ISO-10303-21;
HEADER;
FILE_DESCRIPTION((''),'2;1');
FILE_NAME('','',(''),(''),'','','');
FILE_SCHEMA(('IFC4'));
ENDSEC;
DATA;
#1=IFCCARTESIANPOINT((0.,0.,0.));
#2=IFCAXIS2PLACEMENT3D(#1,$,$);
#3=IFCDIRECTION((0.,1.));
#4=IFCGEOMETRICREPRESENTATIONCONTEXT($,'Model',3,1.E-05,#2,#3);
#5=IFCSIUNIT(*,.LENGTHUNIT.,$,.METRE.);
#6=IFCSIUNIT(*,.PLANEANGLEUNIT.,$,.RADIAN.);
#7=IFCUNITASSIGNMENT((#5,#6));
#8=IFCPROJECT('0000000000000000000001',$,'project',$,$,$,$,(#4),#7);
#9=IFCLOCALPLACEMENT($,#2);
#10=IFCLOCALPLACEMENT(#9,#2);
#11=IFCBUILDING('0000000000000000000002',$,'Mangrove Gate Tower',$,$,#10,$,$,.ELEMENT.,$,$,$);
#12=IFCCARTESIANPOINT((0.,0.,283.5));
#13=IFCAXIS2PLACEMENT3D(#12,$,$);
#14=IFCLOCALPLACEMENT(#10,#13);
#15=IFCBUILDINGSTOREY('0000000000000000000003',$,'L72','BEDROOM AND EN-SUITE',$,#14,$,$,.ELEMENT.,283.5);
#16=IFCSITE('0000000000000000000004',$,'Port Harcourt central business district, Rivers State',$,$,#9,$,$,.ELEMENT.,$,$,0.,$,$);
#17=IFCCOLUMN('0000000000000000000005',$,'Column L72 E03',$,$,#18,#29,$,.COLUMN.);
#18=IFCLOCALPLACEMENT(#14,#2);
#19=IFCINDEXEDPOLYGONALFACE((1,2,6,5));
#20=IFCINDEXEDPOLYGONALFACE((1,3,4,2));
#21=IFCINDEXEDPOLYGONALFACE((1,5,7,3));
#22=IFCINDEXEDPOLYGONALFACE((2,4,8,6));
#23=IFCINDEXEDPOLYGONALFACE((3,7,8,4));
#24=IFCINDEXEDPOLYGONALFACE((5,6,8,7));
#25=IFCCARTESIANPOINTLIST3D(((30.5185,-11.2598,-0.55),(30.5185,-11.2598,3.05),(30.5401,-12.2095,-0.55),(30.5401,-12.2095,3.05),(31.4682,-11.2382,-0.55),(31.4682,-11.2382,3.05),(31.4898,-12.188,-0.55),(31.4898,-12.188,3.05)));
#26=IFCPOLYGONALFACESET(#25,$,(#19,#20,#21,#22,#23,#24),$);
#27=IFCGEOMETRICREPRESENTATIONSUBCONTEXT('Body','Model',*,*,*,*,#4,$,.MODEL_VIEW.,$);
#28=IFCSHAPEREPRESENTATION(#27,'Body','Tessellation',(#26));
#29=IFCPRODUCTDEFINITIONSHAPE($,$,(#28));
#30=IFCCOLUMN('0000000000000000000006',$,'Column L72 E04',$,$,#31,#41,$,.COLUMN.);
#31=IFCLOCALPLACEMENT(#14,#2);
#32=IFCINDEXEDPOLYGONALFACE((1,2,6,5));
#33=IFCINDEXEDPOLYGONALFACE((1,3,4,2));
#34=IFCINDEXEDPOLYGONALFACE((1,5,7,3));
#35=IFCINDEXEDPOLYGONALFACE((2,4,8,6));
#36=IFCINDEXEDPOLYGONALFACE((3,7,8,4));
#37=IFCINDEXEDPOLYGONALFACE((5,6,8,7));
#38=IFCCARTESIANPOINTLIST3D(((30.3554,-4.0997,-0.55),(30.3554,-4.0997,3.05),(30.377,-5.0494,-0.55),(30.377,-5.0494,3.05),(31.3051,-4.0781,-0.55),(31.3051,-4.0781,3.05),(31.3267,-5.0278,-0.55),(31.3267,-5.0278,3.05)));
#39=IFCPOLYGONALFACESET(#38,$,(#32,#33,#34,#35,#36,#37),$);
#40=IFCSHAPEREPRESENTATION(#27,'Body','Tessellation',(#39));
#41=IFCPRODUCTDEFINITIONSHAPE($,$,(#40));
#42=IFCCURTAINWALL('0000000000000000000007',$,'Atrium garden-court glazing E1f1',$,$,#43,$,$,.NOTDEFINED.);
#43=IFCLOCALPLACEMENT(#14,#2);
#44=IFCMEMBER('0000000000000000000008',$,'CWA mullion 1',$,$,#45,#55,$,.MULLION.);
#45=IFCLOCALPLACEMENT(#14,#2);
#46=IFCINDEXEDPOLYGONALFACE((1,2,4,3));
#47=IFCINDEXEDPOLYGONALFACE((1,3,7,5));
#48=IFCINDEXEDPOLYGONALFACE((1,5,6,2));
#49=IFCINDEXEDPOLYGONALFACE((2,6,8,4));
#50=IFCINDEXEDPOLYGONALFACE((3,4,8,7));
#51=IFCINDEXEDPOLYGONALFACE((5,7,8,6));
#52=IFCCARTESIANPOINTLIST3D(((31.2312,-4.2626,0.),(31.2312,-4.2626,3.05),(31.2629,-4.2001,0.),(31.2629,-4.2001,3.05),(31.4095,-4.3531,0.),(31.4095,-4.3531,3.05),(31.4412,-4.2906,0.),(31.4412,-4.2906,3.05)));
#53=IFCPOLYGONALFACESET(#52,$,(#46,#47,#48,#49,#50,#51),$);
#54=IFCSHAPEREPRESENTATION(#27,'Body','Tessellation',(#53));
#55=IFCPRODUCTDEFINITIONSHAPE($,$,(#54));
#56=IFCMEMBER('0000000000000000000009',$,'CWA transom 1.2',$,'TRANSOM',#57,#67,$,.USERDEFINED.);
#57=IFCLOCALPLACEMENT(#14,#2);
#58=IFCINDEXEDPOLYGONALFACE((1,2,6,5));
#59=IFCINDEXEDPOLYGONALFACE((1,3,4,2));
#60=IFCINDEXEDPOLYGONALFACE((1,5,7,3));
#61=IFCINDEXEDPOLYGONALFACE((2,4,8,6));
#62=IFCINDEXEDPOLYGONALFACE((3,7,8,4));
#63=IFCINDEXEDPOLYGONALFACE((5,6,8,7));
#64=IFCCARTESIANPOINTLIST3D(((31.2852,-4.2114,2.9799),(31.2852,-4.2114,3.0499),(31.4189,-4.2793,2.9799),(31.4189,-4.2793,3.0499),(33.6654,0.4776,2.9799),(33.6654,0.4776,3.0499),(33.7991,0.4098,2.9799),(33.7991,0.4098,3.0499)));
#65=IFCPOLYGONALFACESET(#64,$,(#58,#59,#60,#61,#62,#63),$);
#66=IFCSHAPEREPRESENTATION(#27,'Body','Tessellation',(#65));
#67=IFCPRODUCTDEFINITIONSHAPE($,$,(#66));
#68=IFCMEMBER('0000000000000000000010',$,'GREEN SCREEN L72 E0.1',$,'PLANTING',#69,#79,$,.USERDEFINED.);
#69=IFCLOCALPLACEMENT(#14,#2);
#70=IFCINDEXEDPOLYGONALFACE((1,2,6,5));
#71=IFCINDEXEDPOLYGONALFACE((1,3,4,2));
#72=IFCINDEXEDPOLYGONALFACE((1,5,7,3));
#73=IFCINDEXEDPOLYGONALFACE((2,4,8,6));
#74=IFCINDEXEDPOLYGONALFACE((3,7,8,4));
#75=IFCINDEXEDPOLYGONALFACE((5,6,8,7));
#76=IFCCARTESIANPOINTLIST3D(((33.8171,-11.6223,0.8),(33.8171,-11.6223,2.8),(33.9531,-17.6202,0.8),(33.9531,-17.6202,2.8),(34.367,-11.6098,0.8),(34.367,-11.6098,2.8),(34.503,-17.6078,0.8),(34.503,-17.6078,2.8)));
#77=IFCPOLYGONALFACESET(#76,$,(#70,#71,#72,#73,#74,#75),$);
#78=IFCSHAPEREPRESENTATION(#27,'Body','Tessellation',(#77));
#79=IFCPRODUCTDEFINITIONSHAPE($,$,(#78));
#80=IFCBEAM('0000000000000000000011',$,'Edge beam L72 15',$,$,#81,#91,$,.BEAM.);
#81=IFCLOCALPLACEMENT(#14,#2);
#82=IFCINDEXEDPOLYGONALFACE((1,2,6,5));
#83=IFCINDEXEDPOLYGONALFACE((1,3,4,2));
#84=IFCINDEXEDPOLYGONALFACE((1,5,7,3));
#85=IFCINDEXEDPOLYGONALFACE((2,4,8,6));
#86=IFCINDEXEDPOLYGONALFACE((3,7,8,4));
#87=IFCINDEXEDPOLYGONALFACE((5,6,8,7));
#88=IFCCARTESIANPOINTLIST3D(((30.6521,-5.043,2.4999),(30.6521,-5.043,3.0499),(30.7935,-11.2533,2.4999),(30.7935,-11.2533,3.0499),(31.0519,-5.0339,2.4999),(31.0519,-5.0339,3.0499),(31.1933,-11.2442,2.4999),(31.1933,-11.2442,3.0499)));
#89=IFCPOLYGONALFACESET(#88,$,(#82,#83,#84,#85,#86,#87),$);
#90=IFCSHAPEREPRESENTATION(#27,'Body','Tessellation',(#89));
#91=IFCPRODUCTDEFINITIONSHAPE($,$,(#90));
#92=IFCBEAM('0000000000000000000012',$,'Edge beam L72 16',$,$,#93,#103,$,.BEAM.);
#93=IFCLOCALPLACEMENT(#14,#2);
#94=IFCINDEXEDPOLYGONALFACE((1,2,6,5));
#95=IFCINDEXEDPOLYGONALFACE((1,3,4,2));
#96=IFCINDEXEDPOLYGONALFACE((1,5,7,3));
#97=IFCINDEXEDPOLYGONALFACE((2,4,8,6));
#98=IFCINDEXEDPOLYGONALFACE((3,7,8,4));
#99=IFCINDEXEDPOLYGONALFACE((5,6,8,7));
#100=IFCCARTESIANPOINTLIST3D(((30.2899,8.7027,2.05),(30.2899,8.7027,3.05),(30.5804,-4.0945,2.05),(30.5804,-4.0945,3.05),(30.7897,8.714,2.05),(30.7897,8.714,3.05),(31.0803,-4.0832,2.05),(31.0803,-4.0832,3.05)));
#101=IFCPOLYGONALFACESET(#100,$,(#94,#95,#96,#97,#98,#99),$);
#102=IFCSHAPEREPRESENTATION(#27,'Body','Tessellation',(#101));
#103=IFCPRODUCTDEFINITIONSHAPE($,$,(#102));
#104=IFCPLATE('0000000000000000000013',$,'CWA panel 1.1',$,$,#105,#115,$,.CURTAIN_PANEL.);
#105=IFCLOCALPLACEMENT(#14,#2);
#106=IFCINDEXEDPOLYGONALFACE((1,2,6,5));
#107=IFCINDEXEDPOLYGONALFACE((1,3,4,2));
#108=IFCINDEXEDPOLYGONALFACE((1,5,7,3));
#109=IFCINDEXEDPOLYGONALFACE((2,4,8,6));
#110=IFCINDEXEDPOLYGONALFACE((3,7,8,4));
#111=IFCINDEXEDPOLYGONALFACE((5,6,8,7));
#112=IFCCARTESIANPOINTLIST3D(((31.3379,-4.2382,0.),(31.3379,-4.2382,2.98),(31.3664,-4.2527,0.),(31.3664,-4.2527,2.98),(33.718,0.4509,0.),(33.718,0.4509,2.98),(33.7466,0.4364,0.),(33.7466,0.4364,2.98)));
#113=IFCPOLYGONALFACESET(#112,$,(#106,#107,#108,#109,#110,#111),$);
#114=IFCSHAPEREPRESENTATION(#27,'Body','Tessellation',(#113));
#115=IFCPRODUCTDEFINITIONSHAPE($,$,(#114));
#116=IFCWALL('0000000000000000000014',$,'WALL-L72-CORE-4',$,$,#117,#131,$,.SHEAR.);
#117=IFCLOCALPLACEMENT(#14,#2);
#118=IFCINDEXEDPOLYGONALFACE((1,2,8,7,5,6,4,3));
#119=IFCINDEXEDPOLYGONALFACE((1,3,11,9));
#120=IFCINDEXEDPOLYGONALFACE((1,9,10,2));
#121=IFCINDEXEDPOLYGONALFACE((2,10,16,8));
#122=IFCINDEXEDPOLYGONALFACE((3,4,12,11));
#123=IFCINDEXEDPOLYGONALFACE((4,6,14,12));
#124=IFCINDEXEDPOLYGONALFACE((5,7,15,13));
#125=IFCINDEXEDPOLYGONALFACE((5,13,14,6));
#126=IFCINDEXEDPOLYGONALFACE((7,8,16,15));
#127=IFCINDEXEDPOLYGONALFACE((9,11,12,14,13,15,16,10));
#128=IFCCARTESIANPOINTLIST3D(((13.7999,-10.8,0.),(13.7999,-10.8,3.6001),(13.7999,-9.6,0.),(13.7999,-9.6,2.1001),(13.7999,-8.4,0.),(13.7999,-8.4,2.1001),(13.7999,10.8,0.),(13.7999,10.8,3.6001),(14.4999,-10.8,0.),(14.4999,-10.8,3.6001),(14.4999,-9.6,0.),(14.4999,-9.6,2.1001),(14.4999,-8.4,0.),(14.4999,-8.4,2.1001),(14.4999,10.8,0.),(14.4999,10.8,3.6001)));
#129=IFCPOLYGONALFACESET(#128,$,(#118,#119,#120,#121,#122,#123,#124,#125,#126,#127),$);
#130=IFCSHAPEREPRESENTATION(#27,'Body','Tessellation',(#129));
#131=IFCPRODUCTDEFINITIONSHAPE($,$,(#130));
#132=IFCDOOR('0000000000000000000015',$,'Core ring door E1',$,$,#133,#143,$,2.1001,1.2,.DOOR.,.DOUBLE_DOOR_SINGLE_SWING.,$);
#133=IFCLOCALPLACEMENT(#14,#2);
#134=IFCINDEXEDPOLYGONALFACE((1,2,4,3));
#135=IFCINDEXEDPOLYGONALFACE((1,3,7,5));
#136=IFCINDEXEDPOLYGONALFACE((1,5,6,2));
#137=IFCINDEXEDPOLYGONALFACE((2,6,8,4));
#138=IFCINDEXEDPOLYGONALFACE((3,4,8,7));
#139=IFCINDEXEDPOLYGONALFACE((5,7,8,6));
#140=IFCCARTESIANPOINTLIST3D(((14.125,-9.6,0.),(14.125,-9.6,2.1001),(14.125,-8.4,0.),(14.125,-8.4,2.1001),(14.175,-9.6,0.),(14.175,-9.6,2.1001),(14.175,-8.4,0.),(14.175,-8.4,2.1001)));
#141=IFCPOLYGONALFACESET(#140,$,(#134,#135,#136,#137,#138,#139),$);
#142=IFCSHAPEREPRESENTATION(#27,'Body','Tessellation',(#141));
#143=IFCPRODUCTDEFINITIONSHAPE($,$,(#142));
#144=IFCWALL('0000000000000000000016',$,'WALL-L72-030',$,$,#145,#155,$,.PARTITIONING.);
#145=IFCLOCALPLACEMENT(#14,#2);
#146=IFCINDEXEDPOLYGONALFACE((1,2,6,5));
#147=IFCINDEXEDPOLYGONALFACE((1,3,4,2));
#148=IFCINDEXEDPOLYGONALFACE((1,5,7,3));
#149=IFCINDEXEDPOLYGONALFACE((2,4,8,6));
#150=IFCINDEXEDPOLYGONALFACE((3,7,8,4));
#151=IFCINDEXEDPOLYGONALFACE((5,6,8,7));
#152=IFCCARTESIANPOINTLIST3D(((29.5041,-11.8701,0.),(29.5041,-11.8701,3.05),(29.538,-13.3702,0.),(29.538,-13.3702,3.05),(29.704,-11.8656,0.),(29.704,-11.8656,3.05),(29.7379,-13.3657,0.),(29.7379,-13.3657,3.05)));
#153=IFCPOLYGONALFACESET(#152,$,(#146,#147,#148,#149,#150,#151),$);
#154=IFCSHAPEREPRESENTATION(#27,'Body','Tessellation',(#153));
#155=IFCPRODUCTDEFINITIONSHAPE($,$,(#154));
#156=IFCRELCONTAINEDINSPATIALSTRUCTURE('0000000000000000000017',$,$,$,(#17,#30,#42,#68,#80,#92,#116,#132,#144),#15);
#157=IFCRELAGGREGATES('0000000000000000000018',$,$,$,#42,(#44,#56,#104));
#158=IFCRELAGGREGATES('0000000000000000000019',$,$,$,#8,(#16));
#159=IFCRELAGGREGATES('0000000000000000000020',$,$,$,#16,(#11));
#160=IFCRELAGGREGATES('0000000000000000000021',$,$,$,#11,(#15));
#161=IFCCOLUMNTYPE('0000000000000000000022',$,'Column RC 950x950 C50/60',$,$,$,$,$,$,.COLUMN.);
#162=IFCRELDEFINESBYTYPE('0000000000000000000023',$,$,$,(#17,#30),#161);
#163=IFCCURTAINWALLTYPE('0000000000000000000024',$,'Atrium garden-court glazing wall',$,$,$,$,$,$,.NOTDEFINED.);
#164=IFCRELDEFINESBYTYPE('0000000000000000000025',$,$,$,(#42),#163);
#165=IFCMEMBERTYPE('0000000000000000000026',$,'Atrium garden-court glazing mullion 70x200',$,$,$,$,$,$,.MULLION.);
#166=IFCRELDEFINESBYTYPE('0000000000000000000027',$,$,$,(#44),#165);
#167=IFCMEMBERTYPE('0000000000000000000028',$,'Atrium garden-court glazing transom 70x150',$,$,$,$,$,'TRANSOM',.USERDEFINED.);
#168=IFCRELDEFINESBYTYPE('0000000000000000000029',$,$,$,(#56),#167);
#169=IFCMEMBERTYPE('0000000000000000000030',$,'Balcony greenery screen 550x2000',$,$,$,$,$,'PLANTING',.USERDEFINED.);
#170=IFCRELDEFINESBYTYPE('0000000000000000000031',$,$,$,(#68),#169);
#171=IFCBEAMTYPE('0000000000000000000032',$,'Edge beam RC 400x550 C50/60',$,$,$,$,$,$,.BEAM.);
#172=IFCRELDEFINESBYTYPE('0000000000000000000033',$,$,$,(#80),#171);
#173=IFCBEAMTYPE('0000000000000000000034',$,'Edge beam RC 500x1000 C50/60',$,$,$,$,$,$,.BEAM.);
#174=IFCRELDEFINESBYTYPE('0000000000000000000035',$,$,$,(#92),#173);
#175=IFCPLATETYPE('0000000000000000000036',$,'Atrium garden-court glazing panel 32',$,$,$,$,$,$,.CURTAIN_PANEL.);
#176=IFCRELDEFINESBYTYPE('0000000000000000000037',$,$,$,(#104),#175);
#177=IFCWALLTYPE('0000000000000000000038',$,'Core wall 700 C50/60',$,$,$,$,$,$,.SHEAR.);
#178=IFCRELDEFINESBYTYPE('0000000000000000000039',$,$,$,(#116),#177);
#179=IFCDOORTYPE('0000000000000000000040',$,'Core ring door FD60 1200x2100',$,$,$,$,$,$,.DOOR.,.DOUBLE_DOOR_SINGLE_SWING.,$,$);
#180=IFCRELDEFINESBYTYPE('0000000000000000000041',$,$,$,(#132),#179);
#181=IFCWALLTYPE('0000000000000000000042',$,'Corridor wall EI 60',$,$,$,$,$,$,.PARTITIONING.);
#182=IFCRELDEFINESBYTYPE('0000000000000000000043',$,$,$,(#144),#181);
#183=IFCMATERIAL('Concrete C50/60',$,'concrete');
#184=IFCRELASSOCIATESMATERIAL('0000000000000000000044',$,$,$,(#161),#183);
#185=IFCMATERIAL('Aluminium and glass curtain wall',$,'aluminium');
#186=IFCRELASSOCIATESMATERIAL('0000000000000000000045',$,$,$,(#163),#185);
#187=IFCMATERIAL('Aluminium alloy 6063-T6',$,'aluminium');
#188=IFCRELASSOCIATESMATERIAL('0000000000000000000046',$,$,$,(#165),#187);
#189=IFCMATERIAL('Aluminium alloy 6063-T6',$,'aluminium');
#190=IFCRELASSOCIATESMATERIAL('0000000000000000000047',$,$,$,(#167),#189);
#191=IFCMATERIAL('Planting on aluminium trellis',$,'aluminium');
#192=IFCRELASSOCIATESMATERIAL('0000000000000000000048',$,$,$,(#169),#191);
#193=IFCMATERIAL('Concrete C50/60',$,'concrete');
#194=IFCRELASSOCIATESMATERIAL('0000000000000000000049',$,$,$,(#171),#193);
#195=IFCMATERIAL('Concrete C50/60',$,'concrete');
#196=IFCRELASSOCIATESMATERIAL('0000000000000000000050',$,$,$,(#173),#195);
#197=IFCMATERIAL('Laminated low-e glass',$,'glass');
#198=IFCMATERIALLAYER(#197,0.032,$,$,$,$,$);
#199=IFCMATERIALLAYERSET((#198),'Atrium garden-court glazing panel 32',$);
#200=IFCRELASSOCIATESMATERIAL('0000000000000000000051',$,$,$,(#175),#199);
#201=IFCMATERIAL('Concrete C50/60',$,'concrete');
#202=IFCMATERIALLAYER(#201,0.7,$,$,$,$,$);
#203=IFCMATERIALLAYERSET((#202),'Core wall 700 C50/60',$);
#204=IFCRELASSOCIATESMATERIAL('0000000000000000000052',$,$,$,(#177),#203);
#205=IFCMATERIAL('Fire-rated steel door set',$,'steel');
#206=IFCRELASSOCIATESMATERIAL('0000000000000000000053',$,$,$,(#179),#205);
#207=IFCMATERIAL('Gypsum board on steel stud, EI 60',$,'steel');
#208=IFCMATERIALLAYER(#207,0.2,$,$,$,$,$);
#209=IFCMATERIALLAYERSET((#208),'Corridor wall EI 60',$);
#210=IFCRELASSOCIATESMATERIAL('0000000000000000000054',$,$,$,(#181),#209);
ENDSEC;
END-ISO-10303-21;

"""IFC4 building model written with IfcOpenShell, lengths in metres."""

from ifc_helpers import new_model, si_unit, direction, frame, frame_2d, origin, origin_2d, place, context, subcontext, project, spatial, rectangle, extrude, material, layer, layer_set, material_profile, profile_set, type_object, element, fill, aggregate, save


model = new_model("IFC4")

# Units and contexts
model_context = context("Model", 3, precision=1e-05, world=origin(), true_north=direction((0.0, 1.0)))
body_context = subcontext(model_context, "Body", "Model", "MODEL_VIEW")
ifc_project = project(units=[si_unit("LENGTHUNIT", "METRE"), si_unit("PLANEANGLEUNIT", "RADIAN")], contexts=[model_context])

# Site, building, storey
site_placement = place(None, origin())
site = spatial("IfcSite", under=ifc_project, at=site_placement, Name="Port Harcourt central business district, Rivers State", CompositionType="ELEMENT", RefElevation=0.0)
building_placement = place(site_placement, origin())
building = spatial("IfcBuilding", under=site, at=building_placement, Name="Mangrove Gate Tower", CompositionType="ELEMENT")
storey_placement = place(building_placement, frame((0.0, 0.0, 283.5)))
storey = spatial("IfcBuildingStorey", under=building, at=storey_placement, Name="L72", Description="BEDROOM AND EN-SUITE", CompositionType="ELEMENT", Elevation=283.5)

# Columns
ifc_material_1 = material(Name="Concrete C50/60", Category="concrete")
ifc_material_profile_1 = material_profile(ifc_material_1, rectangle(XDim=0.95, YDim=0.95, at=origin_2d()))
ifc_profile_set_1 = profile_set([ifc_material_profile_1], Name="Concrete C50/60")
column_type = type_object("IfcColumnType", Name="Column RC 950x950 C50/60", PredefinedType="COLUMN", material=ifc_profile_set_1)
for number, where, z_axis, x_axis, name in (
    (1, (31.0042, -11.7239, -0.55), (0.0, 0.0, 1.0), (-0.022688, 0.999743, 0.0), "Column L72 E03"),
    (2, (30.8411, -4.5637, -0.55), (0.0, 0.0, 1.0), (-0.022714, 0.999742, 0.0), "Column L72 E04"),
):
    element("IfcColumn", number, at=place(storey_placement, frame(where, z_axis=z_axis, x_axis=x_axis)), inside=storey, type_object=column_type, Name=name, PredefinedType="COLUMN", context=body_context, shape_type="SweptSolid", body=[
        extrude(rectangle(XDim=0.95, YDim=0.95, at=origin_2d()), origin(), (0.0, 0.0, 1.0), 3.6001),
    ])

# Curtain wall, members
ifc_material_2 = material(Name="Aluminium and glass curtain wall", Category="aluminium")
curtain_wall_type = type_object("IfcCurtainWallType", Name="Atrium garden-court glazing wall", PredefinedType="NOTDEFINED", material=ifc_material_2)
curtain_wall_placement = place(storey_placement, origin())
curtain_wall = element("IfcCurtainWall", 3, at=curtain_wall_placement, inside=storey, type_object=curtain_wall_type, Name="Atrium garden-court glazing E1f1", PredefinedType="NOTDEFINED")
ifc_material_3 = material(Name="Aluminium alloy 6063-T6", Category="aluminium")
ifc_material_profile_2 = material_profile(ifc_material_3, rectangle(XDim=0.0701, YDim=0.2, at=origin_2d()))
ifc_profile_set_2 = profile_set([ifc_material_profile_2], Name="Aluminium alloy 6063-T6")
member_type_1 = type_object("IfcMemberType", Name="Atrium garden-court glazing mullion 70x200", PredefinedType="MULLION", material=ifc_profile_set_2)
member_1_placement = place(storey_placement, frame((31.3362, -4.2766, 0.0), z_axis=(0.0, 0.0, 1.0), x_axis=(0.452617, 0.891705, 0.0)))
member_1 = element("IfcMember", 4, at=member_1_placement, type_object=member_type_1, Name="CWA mullion 1", PredefinedType="MULLION", context=body_context, shape_type="SweptSolid", body=[
    extrude(rectangle(XDim=0.0701, YDim=0.2, at=origin_2d()), origin(), (0.0, 0.0, 1.0), 3.05),
])
ifc_material_4 = material(Name="Aluminium alloy 6063-T6", Category="aluminium")
ifc_material_profile_3 = material_profile(ifc_material_4, rectangle(XDim=0.0701, YDim=0.1499, at=origin_2d()))
ifc_profile_set_3 = profile_set([ifc_material_profile_3], Name="Aluminium alloy 6063-T6")
member_type_2 = type_object("IfcMemberType", Name="Atrium garden-court glazing transom 70x150", ElementType="TRANSOM", PredefinedType="USERDEFINED", material=ifc_profile_set_3)
member_2_placement = place(storey_placement, frame((31.3521, -4.2454, 3.0149), z_axis=(0.452628, 0.891699, 0.0), x_axis=(0.0, 0.0, 1.0)))
member_2 = element("IfcMember", 5, at=member_2_placement, type_object=member_type_2, Name="CWA transom 1.2", ObjectType="TRANSOM", PredefinedType="USERDEFINED", context=body_context, shape_type="SweptSolid", body=[
    extrude(rectangle(XDim=0.0701, YDim=0.1499, at=origin_2d()), origin(), (0.0, 0.0, 1.0), 5.2585),
])

# Member
ifc_material_5 = material(Name="Planting on aluminium trellis", Category="aluminium")
ifc_material_profile_4 = material_profile(ifc_material_5, rectangle(XDim=0.55, YDim=2.0, at=origin_2d()))
ifc_profile_set_4 = profile_set([ifc_material_profile_4], Name="Planting on aluminium trellis")
member_type_3 = type_object("IfcMemberType", Name="Balcony greenery screen 550x2000", ElementType="PLANTING", PredefinedType="USERDEFINED", material=ifc_profile_set_4)
member_3_placement = place(storey_placement, frame((34.228, -17.614, 1.8), z_axis=(-0.022666, 0.999743, 0.0), x_axis=(-0.999743, -0.022666, 0.0)))
element("IfcMember", 6, at=member_3_placement, inside=storey, type_object=member_type_3, Name="GREEN SCREEN L72 E0.1", ObjectType="PLANTING", PredefinedType="USERDEFINED", context=body_context, shape_type="SweptSolid", body=[
    extrude(rectangle(XDim=0.55, YDim=2.0, at=origin_2d()), origin(), (0.0, 0.0, 1.0), 5.9995),
])

# Beams
ifc_material_6 = material(Name="Concrete C50/60", Category="concrete")
ifc_material_profile_5 = material_profile(ifc_material_6, rectangle(XDim=0.3999, YDim=0.55, at=origin_2d()))
ifc_profile_set_5 = profile_set([ifc_material_profile_5], Name="Concrete C50/60")
beam_type_1 = type_object("IfcBeamType", Name="Edge beam RC 400x550 C50/60", PredefinedType="BEAM", material=ifc_profile_set_5)
beam_1_placement = place(storey_placement, frame((30.9934, -11.2488, 2.7749), z_axis=(-0.022756, 0.999741, 0.0), x_axis=(-0.999741, -0.022756, 0.0)))
element("IfcBeam", 7, at=beam_1_placement, inside=storey, type_object=beam_type_1, Name="Edge beam L72 15", PredefinedType="BEAM", context=body_context, shape_type="SweptSolid", body=[
    extrude(rectangle(XDim=0.3999, YDim=0.55, at=origin_2d()), origin(), (0.0, 0.0, 1.0), 6.2119),
])
ifc_material_7 = material(Name="Concrete C50/60", Category="concrete")
ifc_material_profile_6 = material_profile(ifc_material_7, rectangle(XDim=0.5, YDim=1.0, at=origin_2d()))
ifc_profile_set_6 = profile_set([ifc_material_profile_6], Name="Concrete C50/60")
beam_type_2 = type_object("IfcBeamType", Name="Edge beam RC 500x1000 C50/60", PredefinedType="BEAM", material=ifc_profile_set_6)
beam_2_placement = place(storey_placement, frame((30.8303, -4.0889, 2.55), z_axis=(-0.022697, 0.999742, 0.0), x_axis=(-0.999742, -0.022697, 0.0)))
element("IfcBeam", 8, at=beam_2_placement, inside=storey, type_object=beam_type_2, Name="Edge beam L72 16", PredefinedType="BEAM", context=body_context, shape_type="SweptSolid", body=[
    extrude(rectangle(XDim=0.5, YDim=1.0, at=origin_2d()), origin(), (0.0, 0.0, 1.0), 12.8005),
])

# Plate
ifc_material_8 = material(Name="Laminated low-e glass", Category="glass")
ifc_layer_1 = layer(ifc_material_8, 0.032)
ifc_layer_set_1 = layer_set([ifc_layer_1], Name="Atrium garden-court glazing panel 32")
plate_type = type_object("IfcPlateType", Name="Atrium garden-court glazing panel 32", PredefinedType="CURTAIN_PANEL", material=ifc_layer_set_1)
plate_placement = place(storey_placement, frame((32.5422, -1.9009, 0.0), z_axis=(0.0, 0.0, 1.0), x_axis=(0.452617, 0.891705, 0.0)))
plate = element("IfcPlate", 9, at=plate_placement, type_object=plate_type, Name="CWA panel 1.1", PredefinedType="CURTAIN_PANEL", context=body_context, shape_type="SweptSolid", body=[
    extrude(rectangle(XDim=5.2585, YDim=0.032, at=origin_2d()), origin(), (0.0, 0.0, 1.0), 2.98),
])
aggregate(curtain_wall, [member_1, member_2, plate])

# Wall, opening, door
ifc_material_9 = material(Name="Concrete C50/60", Category="concrete")
ifc_layer_2 = layer(ifc_material_9, 0.7)
ifc_layer_set_2 = layer_set([ifc_layer_2], Name="Core wall 700 C50/60")
wall_type_1 = type_object("IfcWallType", Name="Core wall 700 C50/60", PredefinedType="SHEAR", material=ifc_layer_set_2)
wall_1_placement = place(storey_placement, frame((14.1499, -10.8, 0.0), z_axis=(0.0, 0.0, 1.0), x_axis=(0.0, 1.0, 0.0)))
wall_1 = element("IfcWall", 10, at=wall_1_placement, inside=storey, type_object=wall_type_1, Name="WALL-L72-CORE-4", PredefinedType="SHEAR", context=body_context, shape_type="SweptSolid", body=[
    extrude(rectangle(XDim=21.6001, YDim=0.7, at=frame_2d((10.8, 0.0))), origin(), (0.0, 0.0, 1.0), 3.6001),
])
opening_1_placement = place(wall_1_placement, frame((1.2, 0.0, 0.0)))
opening_1 = element("IfcOpeningElement", 11, at=opening_1_placement, cuts=wall_1, PredefinedType="OPENING", context=body_context, shape_type="SweptSolid", body=[
    extrude(rectangle(XDim=1.2, YDim=2.1001, at=frame_2d((0.6001, 1.05))), frame((0.0, 0.3599, 0.0), z_axis=(0.0, -1.0, 0.0), x_axis=(1.0, 0.0, 0.0)), (0.0, 0.0, 1.0), 0.72),
])
ifc_material_10 = material(Name="Fire-rated steel door set", Category="steel")
door_type_1 = type_object("IfcDoorType", Name="Core ring door FD60 1200x2100", OperationType="DOUBLE_DOOR_SINGLE_SWING", PredefinedType="DOOR", material=ifc_material_10)
door_1_placement = place(opening_1_placement, origin())
door_1 = element("IfcDoor", 12, at=door_1_placement, inside=storey, type_object=door_type_1, Name="Core ring door E1", OperationType="DOUBLE_DOOR_SINGLE_SWING", OverallHeight=2.1001, OverallWidth=1.2, PredefinedType="DOOR", context=body_context, shape_type="SweptSolid", body=[
    extrude(rectangle(XDim=1.2, YDim=2.1001, at=frame_2d((0.6001, 1.05))), frame((0.0, 0.0249, 0.0), z_axis=(0.0, -1.0, 0.0), x_axis=(1.0, 0.0, 0.0)), (0.0, 0.0, 1.0), 0.05),
])
fill(opening_1, door_1)

# Wall
ifc_material_11 = material(Name="Gypsum board on steel stud, EI 60", Category="steel")
ifc_layer_3 = layer(ifc_material_11, 0.2)
ifc_layer_set_3 = layer_set([ifc_layer_3], Name="Corridor wall EI 60")
wall_type_2 = type_object("IfcWallType", Name="Corridor wall EI 60", PredefinedType="PARTITIONING", material=ifc_layer_set_3)
wall_2_placement = place(storey_placement, frame((29.6379, -13.3679, 0.0), z_axis=(0.0, 0.0, 1.0), x_axis=(-0.022618, 0.999744, 0.0)))
element("IfcWall", 13, at=wall_2_placement, inside=storey, type_object=wall_type_2, Name="WALL-L72-030", PredefinedType="PARTITIONING", context=body_context, shape_type="SweptSolid", body=[
    extrude(rectangle(XDim=1.5005, YDim=0.2, at=frame_2d((0.7502, 0.0))), origin(), (0.0, 0.0, 1.0), 3.05),
])

save(model, "model.ifc")
